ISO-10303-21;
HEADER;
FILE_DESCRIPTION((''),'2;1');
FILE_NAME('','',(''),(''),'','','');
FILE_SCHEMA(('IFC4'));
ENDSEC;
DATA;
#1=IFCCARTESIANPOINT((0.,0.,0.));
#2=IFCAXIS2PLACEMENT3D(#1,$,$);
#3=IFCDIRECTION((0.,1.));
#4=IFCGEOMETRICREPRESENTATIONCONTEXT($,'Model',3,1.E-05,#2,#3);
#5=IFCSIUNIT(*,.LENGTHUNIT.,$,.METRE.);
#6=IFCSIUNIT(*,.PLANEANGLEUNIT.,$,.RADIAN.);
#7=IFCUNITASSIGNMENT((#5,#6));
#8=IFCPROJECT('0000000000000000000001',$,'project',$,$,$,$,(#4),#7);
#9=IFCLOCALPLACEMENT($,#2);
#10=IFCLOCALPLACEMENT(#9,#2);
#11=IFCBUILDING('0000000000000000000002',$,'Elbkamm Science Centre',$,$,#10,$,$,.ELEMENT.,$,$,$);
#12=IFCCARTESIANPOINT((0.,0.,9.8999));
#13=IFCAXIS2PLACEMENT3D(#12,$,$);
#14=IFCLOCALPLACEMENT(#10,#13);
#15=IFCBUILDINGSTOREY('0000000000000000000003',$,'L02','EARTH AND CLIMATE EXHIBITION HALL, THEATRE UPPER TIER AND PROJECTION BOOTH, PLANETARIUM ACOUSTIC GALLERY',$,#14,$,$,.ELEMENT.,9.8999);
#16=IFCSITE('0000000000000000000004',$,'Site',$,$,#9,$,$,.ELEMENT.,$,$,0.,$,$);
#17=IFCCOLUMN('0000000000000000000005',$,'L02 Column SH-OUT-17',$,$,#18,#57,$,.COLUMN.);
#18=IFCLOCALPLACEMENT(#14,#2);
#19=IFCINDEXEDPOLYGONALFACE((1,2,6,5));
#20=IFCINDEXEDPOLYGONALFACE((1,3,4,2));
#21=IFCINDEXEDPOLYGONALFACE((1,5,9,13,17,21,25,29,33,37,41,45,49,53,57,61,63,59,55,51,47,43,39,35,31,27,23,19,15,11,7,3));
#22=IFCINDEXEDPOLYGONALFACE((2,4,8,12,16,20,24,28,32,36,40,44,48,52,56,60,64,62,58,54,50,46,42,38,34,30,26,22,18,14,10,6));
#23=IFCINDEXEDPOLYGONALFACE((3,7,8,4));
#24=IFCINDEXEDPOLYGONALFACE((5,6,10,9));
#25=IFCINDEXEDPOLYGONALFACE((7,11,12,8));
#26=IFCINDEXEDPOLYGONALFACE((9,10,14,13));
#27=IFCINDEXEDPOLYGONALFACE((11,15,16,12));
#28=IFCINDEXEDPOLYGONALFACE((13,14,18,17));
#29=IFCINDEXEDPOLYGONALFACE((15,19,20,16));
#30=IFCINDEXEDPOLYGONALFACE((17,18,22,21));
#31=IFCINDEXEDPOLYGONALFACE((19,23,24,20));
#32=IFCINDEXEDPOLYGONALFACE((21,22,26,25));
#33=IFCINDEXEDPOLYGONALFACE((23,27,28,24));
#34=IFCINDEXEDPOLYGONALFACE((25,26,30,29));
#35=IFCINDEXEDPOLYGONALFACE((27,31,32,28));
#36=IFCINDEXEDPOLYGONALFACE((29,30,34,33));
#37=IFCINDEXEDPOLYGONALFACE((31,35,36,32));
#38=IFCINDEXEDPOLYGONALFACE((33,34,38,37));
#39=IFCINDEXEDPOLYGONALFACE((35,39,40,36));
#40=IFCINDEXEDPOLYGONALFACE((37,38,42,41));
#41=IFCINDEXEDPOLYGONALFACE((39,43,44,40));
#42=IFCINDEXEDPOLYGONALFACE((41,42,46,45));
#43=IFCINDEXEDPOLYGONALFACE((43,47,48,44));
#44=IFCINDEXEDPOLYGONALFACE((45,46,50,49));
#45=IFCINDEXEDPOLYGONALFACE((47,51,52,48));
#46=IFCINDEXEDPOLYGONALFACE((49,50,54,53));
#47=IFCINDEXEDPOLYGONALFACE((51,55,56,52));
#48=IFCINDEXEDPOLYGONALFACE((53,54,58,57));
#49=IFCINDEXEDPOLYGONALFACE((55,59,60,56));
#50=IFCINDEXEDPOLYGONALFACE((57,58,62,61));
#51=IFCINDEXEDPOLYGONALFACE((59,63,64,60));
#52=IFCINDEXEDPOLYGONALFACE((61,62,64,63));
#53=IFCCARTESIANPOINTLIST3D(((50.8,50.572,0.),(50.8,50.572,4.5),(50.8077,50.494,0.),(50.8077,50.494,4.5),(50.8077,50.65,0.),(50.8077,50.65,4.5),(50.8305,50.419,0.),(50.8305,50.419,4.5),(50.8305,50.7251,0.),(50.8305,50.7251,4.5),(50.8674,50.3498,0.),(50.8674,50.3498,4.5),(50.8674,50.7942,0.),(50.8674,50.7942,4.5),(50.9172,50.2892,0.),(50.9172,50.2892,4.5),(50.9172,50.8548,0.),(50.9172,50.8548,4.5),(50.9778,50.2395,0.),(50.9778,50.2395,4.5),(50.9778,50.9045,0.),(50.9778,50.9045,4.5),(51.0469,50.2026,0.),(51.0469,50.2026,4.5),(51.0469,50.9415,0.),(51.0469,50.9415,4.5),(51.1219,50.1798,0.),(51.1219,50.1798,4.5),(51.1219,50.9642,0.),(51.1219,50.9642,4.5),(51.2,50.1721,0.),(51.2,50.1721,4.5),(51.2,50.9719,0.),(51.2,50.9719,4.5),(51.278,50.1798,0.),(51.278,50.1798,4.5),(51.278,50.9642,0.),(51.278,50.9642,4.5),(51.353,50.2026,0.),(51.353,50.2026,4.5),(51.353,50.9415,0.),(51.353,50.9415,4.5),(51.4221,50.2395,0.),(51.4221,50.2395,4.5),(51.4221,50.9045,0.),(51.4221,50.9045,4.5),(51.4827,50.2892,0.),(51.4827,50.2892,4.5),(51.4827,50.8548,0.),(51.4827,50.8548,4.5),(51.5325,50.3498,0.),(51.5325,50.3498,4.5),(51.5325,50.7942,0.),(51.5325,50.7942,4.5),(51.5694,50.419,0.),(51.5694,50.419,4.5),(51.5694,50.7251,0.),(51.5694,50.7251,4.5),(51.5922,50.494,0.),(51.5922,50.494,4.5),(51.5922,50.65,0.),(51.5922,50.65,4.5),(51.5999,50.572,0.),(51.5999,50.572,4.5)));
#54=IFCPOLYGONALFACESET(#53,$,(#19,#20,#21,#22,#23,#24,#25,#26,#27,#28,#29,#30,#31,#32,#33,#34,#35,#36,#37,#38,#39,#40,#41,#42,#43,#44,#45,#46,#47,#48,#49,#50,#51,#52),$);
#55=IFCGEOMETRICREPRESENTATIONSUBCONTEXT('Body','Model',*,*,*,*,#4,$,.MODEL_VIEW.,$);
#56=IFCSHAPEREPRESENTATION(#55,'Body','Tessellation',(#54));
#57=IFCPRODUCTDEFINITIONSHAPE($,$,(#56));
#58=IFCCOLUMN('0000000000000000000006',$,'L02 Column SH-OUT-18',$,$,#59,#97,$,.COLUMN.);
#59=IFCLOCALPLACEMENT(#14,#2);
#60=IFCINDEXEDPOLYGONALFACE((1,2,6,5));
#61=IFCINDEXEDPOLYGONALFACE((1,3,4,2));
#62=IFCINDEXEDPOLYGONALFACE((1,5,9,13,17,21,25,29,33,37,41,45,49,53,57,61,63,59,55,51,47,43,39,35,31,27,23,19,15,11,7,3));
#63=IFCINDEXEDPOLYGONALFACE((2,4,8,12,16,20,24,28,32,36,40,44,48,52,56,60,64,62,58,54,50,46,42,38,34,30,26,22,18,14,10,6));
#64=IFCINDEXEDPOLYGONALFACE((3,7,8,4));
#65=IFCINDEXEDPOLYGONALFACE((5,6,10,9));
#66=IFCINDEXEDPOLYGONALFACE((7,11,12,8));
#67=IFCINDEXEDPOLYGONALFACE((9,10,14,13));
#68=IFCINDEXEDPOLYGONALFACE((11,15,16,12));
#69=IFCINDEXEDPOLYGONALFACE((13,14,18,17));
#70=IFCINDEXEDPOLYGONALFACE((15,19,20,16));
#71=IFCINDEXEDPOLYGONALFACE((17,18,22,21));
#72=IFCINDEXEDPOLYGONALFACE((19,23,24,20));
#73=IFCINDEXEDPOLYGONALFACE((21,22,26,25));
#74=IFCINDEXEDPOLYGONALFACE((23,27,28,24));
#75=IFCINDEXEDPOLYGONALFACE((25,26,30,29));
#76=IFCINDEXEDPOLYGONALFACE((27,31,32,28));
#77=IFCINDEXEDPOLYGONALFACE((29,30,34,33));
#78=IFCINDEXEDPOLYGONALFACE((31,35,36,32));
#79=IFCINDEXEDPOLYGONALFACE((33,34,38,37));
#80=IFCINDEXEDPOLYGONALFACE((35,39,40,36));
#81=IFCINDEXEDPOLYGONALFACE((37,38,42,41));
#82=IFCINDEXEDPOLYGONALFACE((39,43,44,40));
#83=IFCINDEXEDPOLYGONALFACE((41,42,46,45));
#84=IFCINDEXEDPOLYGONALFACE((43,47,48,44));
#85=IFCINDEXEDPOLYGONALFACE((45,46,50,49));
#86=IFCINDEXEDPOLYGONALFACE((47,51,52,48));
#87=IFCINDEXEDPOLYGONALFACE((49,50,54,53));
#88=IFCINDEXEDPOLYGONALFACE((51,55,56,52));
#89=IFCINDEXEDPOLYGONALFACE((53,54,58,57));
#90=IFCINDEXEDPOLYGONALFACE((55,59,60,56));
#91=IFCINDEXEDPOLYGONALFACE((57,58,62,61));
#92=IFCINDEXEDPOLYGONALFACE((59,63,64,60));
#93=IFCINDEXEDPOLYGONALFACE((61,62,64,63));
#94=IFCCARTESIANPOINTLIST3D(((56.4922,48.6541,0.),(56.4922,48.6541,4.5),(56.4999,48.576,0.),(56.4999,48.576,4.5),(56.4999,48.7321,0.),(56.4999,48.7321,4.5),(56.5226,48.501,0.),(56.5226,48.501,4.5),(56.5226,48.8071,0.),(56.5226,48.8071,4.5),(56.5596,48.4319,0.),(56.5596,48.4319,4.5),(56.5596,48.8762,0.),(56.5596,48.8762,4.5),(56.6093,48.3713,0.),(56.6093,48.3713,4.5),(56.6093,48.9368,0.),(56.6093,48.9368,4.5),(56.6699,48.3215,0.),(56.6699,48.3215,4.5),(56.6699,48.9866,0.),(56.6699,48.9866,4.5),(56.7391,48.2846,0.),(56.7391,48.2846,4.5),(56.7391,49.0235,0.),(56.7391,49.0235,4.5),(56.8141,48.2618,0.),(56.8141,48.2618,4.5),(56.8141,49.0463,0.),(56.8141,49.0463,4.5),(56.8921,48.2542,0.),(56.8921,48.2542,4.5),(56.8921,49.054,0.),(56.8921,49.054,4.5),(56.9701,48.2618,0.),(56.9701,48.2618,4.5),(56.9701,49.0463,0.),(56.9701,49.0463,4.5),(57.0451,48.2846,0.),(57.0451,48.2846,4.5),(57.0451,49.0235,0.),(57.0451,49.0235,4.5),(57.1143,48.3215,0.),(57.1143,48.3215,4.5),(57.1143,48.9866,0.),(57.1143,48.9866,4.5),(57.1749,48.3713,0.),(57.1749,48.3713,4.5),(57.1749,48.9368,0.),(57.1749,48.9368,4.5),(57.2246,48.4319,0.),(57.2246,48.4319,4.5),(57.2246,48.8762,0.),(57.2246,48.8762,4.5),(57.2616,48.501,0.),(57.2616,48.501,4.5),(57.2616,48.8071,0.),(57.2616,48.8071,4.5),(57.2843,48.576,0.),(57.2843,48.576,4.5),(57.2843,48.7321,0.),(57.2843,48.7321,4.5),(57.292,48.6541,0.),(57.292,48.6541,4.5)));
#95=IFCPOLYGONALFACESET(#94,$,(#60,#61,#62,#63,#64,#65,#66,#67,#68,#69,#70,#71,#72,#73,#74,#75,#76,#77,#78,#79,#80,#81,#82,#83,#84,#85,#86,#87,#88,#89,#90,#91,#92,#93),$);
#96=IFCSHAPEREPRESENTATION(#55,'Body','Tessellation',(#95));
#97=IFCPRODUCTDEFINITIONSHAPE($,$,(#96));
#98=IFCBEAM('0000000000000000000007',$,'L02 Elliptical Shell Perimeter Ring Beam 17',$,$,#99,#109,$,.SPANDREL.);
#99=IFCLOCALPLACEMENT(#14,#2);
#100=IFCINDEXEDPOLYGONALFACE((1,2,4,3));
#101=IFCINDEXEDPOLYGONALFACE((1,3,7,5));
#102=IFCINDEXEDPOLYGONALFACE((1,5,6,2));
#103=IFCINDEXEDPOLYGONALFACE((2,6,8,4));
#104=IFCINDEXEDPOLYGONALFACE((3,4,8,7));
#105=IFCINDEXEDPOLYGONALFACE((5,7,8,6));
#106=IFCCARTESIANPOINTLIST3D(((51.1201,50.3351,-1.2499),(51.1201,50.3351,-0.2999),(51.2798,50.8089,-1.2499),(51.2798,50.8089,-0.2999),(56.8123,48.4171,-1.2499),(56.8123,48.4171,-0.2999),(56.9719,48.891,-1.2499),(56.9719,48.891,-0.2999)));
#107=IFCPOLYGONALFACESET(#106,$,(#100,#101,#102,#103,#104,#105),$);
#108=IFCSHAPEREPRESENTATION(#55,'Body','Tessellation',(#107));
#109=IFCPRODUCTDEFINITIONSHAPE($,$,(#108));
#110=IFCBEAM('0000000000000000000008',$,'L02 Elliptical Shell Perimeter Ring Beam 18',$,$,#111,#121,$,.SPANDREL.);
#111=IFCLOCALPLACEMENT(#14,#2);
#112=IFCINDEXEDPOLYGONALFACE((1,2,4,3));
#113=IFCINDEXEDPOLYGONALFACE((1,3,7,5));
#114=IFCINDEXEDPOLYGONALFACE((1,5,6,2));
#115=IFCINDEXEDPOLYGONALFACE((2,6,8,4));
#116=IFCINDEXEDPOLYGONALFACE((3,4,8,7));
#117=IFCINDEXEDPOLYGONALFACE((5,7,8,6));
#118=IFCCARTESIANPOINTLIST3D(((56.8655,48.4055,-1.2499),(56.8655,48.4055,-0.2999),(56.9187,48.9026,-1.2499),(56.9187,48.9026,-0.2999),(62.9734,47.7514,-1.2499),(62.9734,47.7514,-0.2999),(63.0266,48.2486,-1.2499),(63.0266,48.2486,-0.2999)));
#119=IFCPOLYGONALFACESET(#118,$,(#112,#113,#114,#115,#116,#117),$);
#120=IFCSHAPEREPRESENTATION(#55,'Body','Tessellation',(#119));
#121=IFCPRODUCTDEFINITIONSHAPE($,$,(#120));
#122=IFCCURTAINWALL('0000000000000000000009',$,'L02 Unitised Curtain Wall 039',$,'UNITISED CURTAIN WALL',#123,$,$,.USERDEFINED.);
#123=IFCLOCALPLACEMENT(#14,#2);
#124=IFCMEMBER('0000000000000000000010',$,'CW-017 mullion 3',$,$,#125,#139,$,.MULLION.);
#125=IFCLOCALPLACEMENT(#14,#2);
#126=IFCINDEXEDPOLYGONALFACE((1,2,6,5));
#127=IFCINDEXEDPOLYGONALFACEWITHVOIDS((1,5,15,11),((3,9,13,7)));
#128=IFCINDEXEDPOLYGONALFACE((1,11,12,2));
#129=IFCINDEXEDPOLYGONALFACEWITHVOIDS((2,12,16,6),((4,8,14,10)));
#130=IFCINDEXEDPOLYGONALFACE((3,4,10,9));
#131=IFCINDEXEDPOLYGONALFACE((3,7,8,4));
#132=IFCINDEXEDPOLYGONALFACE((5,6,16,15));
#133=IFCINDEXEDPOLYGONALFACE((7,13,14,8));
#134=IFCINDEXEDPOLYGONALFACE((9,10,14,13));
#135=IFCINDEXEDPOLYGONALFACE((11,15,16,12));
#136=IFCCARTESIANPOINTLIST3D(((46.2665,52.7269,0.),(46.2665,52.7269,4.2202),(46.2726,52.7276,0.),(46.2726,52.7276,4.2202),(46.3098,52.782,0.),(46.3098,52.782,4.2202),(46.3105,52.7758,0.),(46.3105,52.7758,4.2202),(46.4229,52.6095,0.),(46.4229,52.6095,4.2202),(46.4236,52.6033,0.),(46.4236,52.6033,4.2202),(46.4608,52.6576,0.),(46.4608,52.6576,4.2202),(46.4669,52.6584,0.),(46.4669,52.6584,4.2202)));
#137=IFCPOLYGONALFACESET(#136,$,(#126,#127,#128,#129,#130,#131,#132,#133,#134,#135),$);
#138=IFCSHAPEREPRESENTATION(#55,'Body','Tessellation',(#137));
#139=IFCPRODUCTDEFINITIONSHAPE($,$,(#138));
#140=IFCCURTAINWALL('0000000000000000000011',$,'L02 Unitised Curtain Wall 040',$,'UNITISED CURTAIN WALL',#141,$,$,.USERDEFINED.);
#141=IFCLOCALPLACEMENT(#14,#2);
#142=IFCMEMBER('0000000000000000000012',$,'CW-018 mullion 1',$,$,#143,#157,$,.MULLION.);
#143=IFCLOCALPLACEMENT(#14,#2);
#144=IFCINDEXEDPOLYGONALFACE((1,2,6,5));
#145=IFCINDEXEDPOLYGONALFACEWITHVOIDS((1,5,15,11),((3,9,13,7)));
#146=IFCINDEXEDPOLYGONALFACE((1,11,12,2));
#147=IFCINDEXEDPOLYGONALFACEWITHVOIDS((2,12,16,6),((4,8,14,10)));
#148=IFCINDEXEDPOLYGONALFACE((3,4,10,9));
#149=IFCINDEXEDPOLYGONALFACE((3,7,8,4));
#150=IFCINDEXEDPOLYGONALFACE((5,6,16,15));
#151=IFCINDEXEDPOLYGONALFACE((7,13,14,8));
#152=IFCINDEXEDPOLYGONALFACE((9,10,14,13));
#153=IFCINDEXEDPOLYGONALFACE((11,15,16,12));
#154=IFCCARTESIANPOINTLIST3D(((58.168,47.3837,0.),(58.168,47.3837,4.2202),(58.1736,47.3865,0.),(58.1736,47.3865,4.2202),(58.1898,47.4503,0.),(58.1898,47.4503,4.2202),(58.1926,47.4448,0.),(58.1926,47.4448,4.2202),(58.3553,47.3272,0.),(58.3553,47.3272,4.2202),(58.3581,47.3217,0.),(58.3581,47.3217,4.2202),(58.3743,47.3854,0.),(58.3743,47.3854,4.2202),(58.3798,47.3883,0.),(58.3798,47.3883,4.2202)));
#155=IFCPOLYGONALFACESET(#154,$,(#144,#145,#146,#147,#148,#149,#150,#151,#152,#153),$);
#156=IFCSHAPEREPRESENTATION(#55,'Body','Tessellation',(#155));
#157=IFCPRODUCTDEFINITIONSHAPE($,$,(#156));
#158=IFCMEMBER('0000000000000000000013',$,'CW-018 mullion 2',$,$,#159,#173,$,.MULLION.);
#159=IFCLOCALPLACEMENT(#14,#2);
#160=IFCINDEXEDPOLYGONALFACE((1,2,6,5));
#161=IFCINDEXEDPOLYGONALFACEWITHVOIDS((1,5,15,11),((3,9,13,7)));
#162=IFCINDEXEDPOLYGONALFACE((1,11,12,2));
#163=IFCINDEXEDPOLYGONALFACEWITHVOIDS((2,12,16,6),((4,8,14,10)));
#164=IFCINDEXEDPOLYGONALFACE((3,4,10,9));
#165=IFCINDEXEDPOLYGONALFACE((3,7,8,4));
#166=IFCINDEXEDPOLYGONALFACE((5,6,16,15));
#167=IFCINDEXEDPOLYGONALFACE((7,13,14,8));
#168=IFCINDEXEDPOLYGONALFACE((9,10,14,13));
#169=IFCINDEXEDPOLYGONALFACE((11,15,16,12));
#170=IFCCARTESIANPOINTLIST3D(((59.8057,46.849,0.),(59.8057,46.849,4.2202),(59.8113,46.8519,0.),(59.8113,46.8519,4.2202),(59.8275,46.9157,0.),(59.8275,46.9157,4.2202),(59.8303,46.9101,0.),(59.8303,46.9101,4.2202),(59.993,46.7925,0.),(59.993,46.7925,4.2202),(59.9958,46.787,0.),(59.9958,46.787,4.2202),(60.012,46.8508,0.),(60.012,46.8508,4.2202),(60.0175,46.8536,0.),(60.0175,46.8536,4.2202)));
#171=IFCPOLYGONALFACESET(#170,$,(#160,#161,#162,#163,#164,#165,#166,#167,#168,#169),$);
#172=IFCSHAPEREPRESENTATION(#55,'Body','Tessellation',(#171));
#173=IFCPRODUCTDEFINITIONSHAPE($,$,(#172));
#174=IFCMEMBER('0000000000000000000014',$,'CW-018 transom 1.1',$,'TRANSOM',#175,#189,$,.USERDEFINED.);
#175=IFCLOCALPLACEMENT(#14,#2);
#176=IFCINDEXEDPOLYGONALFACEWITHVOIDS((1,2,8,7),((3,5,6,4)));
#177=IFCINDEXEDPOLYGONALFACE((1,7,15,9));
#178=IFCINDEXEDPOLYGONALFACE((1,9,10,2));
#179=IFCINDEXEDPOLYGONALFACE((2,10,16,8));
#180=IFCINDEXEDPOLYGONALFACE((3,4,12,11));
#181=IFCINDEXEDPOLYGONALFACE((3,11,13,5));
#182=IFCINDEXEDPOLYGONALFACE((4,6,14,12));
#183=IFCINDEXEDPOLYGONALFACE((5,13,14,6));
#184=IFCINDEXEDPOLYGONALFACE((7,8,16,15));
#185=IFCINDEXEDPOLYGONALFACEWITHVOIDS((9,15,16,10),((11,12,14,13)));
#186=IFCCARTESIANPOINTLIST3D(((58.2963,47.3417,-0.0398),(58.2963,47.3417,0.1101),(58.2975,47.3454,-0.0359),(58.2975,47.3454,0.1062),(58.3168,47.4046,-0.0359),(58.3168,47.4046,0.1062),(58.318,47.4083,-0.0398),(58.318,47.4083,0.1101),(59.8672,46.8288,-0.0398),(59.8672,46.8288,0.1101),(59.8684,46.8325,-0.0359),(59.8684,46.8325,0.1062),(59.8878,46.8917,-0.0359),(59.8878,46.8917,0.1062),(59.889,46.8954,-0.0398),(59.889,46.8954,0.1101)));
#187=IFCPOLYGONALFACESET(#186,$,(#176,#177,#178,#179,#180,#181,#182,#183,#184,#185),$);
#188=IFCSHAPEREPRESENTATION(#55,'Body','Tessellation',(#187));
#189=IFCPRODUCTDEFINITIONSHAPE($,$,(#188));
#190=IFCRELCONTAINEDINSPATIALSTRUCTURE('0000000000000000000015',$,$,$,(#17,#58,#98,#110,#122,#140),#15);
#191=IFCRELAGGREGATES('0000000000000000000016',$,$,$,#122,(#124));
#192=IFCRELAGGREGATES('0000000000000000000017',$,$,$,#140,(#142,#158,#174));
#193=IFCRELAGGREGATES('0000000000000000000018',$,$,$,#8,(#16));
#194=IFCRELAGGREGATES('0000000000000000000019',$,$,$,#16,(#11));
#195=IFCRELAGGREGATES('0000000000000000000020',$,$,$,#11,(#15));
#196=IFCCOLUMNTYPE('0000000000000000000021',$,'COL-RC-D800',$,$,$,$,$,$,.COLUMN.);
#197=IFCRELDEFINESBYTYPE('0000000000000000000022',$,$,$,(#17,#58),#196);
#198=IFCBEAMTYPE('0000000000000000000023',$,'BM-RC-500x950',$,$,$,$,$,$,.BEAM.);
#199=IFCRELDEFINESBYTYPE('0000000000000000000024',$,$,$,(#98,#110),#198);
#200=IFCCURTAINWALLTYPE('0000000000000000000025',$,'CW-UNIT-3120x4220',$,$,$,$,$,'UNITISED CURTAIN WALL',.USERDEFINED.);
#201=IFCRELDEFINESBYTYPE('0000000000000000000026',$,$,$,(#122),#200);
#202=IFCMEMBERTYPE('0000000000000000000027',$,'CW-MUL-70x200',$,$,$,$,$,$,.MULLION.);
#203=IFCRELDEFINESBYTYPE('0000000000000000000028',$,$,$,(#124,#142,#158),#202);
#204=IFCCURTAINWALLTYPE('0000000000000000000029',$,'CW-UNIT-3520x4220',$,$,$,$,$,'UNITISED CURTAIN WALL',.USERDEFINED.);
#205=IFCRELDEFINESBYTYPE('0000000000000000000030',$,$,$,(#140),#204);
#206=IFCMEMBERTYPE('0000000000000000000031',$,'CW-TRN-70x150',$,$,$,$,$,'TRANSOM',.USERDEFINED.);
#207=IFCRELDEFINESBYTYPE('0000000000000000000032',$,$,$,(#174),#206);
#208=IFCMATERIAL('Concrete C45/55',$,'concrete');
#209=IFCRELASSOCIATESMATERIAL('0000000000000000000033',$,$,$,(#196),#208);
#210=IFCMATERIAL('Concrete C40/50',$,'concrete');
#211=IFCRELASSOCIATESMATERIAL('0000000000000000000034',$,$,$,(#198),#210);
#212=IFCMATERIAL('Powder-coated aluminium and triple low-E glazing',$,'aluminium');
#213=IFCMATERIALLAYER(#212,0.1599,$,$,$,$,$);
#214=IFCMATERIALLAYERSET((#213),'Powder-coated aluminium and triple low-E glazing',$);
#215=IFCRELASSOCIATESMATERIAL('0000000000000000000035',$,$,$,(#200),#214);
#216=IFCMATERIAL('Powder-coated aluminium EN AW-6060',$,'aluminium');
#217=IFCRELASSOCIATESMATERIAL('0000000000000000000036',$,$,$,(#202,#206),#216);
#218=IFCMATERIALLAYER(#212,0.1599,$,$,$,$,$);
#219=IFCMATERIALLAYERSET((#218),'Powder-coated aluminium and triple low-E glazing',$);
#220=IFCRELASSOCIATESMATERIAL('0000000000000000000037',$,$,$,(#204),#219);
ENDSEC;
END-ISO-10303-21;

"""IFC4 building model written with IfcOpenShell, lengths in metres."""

from ifc_helpers import new_model, si_unit, direction, frame, origin, origin_2d, place, context, subcontext, project, spatial, rectangle, hollow_rectangle, circle, extrude, material, layer, layer_set, material_profile, profile_set, type_object, element, aggregate, save


model = new_model("IFC4")

# Units and contexts
model_context = context("Model", 3, precision=1e-05, world=origin(), true_north=direction((0.0, 1.0)))
body_context = subcontext(model_context, "Body", "Model", "MODEL_VIEW")
ifc_project = project(units=[si_unit("LENGTHUNIT", "METRE"), si_unit("PLANEANGLEUNIT", "RADIAN")], contexts=[model_context])

# Site, building, storey
site_placement = place(None, origin())
site = spatial("IfcSite", under=ifc_project, at=site_placement, Name="Site", CompositionType="ELEMENT", RefElevation=0.0)
building_placement = place(site_placement, origin())
building = spatial("IfcBuilding", under=site, at=building_placement, Name="Elbkamm Science Centre", CompositionType="ELEMENT")
storey_placement = place(building_placement, frame((0.0, 0.0, 9.8999)))
storey = spatial("IfcBuildingStorey", under=building, at=storey_placement, Name="L02", Description="EARTH AND CLIMATE EXHIBITION HALL, THEATRE UPPER TIER AND PROJECTION BOOTH, PLANETARIUM ACOUSTIC GALLERY", CompositionType="ELEMENT", Elevation=9.8999)

# Columns
ifc_material_1 = material(Name="Concrete C45/55", Category="concrete")
ifc_material_profile_1 = material_profile(ifc_material_1, circle(Radius=0.3999, at=origin_2d()), Name="RC D800")
ifc_profile_set_1 = profile_set([ifc_material_profile_1], Name="Concrete C45/55")
column_type = type_object("IfcColumnType", Name="COL-RC-D800", PredefinedType="COLUMN", material=ifc_profile_set_1)
for number, where, z_axis, x_axis, name in (
    (1, (51.2, 50.572, 0.0), (0.0, 0.0, 1.0), (1.0, 0.0, 0.0), "L02 Column SH-OUT-17"),
    (2, (56.8921, 48.6541, 0.0), (0.0, 0.0, 1.0), (1.0, 0.0, 0.0), "L02 Column SH-OUT-18"),
):
    element("IfcColumn", number, at=place(storey_placement, frame(where, z_axis=z_axis, x_axis=x_axis)), inside=storey, type_object=column_type, Name=name, PredefinedType="COLUMN", context=body_context, shape_type="SweptSolid", body=[
        extrude(circle(Radius=0.3999, at=origin_2d()), origin(), (0.0, 0.0, 1.0), 4.5),
    ])

# Beams
ifc_material_2 = material(Name="Concrete C40/50", Category="concrete")
ifc_material_profile_2 = material_profile(ifc_material_2, rectangle(XDim=0.5, YDim=0.95, at=origin_2d()), Name="RC 500x950")
ifc_profile_set_2 = profile_set([ifc_material_profile_2], Name="Concrete C40/50")
beam_type = type_object("IfcBeamType", Name="BM-RC-500x950", PredefinedType="BEAM", material=ifc_profile_set_2)
beam_1_placement = place(storey_placement, frame((51.2, 50.572, -0.7749), z_axis=(0.94765, -0.319311, 0.0), x_axis=(0.319311, 0.94765, 0.0)))
element("IfcBeam", 3, at=beam_1_placement, inside=storey, type_object=beam_type, Name="L02 Elliptical Shell Perimeter Ring Beam 17", PredefinedType="SPANDREL", context=body_context, shape_type="SweptSolid", body=[
    extrude(rectangle(XDim=0.5, YDim=0.95, at=origin_2d()), origin(), (0.0, 0.0, 1.0), 6.0066),
])
beam_2_placement = place(storey_placement, frame((56.8921, 48.6541, -0.7749), z_axis=(0.994315, -0.106474, 0.0), x_axis=(0.106474, 0.994315, 0.0)))
element("IfcBeam", 4, at=beam_2_placement, inside=storey, type_object=beam_type, Name="L02 Elliptical Shell Perimeter Ring Beam 18", PredefinedType="SPANDREL", context=body_context, shape_type="SweptSolid", body=[
    extrude(rectangle(XDim=0.5, YDim=0.95, at=origin_2d()), origin(), (0.0, 0.0, 1.0), 6.1428),
])

# Curtain wall, member
ifc_material_3 = material(Name="Powder-coated aluminium and triple low-E glazing", Category="aluminium")
ifc_layer_1 = layer(ifc_material_3, 0.1599)
ifc_layer_set_1 = layer_set([ifc_layer_1], Name="Powder-coated aluminium and triple low-E glazing")
curtain_wall_type_1 = type_object("IfcCurtainWallType", Name="CW-UNIT-3120x4220", ElementType="UNITISED CURTAIN WALL", PredefinedType="USERDEFINED", material=ifc_layer_set_1)
curtain_wall_1_placement = place(storey_placement, origin())
curtain_wall_1 = element("IfcCurtainWall", 5, at=curtain_wall_1_placement, inside=storey, type_object=curtain_wall_type_1, Name="L02 Unitised Curtain Wall 039", ObjectType="UNITISED CURTAIN WALL", PredefinedType="USERDEFINED")
ifc_material_4 = material(Name="Powder-coated aluminium EN AW-6060", Category="aluminium")
ifc_material_profile_3 = material_profile(ifc_material_4, hollow_rectangle(XDim=0.0701, YDim=0.2, WallThickness=0.0044, at=origin_2d()), Name="ALU M70x200")
ifc_profile_set_3 = profile_set([ifc_material_profile_3], Name="Powder-coated aluminium EN AW-6060")
member_type_1 = type_object("IfcMemberType", Name="CW-MUL-70x200", PredefinedType="MULLION", material=ifc_profile_set_3)
member_1_placement = place(storey_placement, frame((46.3667, 52.6926, 0.0), z_axis=(0.0, 0.0, 1.0), x_axis=(0.61822, 0.786005, 0.0)))
member_1 = element("IfcMember", 6, at=member_1_placement, type_object=member_type_1, Name="CW-017 mullion 3", PredefinedType="MULLION", context=body_context, shape_type="SweptSolid", body=[
    extrude(hollow_rectangle(XDim=0.0701, YDim=0.2, WallThickness=0.0044, at=origin_2d()), origin(), (0.0, 0.0, 1.0), 4.2202),
])

# Curtain wall, members
ifc_layer_2 = layer(ifc_material_3, 0.1599)
ifc_layer_set_2 = layer_set([ifc_layer_2], Name="Powder-coated aluminium and triple low-E glazing")
curtain_wall_type_2 = type_object("IfcCurtainWallType", Name="CW-UNIT-3520x4220", ElementType="UNITISED CURTAIN WALL", PredefinedType="USERDEFINED", material=ifc_layer_set_2)
curtain_wall_2_placement = place(storey_placement, origin())
curtain_wall_2 = element("IfcCurtainWall", 7, at=curtain_wall_2_placement, inside=storey, type_object=curtain_wall_type_2, Name="L02 Unitised Curtain Wall 040", ObjectType="UNITISED CURTAIN WALL", PredefinedType="USERDEFINED")
member_2_placement = place(storey_placement, frame((58.2739, 47.386, 0.0), z_axis=(0.0, 0.0, 1.0), x_axis=(0.310367, 0.950617, 0.0)))
member_2 = element("IfcMember", 8, at=member_2_placement, type_object=member_type_1, Name="CW-018 mullion 1", PredefinedType="MULLION", context=body_context, shape_type="SweptSolid", body=[
    extrude(hollow_rectangle(XDim=0.0701, YDim=0.2, WallThickness=0.0044, at=origin_2d()), origin(), (0.0, 0.0, 1.0), 4.2202),
])
member_3_placement = place(storey_placement, frame((59.9116, 46.8513, 0.0), z_axis=(0.0, 0.0, 1.0), x_axis=(0.310367, 0.950617, 0.0)))
member_3 = element("IfcMember", 9, at=member_3_placement, type_object=member_type_1, Name="CW-018 mullion 2", PredefinedType="MULLION", context=body_context, shape_type="SweptSolid", body=[
    extrude(hollow_rectangle(XDim=0.0701, YDim=0.2, WallThickness=0.0044, at=origin_2d()), origin(), (0.0, 0.0, 1.0), 4.2202),
])
ifc_material_profile_4 = material_profile(ifc_material_4, hollow_rectangle(XDim=0.0701, YDim=0.1499, WallThickness=0.0039, at=origin_2d()), Name="ALU T70x150")
ifc_profile_set_4 = profile_set([ifc_material_profile_4], Name="Powder-coated aluminium EN AW-6060")
member_type_2 = type_object("IfcMemberType", Name="CW-TRN-70x150", ElementType="TRANSOM", PredefinedType="USERDEFINED", material=ifc_profile_set_4)
member_4_placement = place(storey_placement, frame((58.3071, 47.375, 0.0352), z_axis=(0.950615, -0.310372, 0.0), x_axis=(0.310372, 0.950615, 0.0)))
member_4 = element("IfcMember", 10, at=member_4_placement, type_object=member_type_2, Name="CW-018 transom 1.1", ObjectType="TRANSOM", PredefinedType="USERDEFINED", context=body_context, shape_type="SweptSolid", body=[
    extrude(hollow_rectangle(XDim=0.0701, YDim=0.1499, WallThickness=0.0039, at=origin_2d()), origin(), (0.0, 0.0, 1.0), 1.6526),
])

aggregate(curtain_wall_1, [member_1])
aggregate(curtain_wall_2, [member_2, member_3, member_4])

save(model, "model.ifc")
